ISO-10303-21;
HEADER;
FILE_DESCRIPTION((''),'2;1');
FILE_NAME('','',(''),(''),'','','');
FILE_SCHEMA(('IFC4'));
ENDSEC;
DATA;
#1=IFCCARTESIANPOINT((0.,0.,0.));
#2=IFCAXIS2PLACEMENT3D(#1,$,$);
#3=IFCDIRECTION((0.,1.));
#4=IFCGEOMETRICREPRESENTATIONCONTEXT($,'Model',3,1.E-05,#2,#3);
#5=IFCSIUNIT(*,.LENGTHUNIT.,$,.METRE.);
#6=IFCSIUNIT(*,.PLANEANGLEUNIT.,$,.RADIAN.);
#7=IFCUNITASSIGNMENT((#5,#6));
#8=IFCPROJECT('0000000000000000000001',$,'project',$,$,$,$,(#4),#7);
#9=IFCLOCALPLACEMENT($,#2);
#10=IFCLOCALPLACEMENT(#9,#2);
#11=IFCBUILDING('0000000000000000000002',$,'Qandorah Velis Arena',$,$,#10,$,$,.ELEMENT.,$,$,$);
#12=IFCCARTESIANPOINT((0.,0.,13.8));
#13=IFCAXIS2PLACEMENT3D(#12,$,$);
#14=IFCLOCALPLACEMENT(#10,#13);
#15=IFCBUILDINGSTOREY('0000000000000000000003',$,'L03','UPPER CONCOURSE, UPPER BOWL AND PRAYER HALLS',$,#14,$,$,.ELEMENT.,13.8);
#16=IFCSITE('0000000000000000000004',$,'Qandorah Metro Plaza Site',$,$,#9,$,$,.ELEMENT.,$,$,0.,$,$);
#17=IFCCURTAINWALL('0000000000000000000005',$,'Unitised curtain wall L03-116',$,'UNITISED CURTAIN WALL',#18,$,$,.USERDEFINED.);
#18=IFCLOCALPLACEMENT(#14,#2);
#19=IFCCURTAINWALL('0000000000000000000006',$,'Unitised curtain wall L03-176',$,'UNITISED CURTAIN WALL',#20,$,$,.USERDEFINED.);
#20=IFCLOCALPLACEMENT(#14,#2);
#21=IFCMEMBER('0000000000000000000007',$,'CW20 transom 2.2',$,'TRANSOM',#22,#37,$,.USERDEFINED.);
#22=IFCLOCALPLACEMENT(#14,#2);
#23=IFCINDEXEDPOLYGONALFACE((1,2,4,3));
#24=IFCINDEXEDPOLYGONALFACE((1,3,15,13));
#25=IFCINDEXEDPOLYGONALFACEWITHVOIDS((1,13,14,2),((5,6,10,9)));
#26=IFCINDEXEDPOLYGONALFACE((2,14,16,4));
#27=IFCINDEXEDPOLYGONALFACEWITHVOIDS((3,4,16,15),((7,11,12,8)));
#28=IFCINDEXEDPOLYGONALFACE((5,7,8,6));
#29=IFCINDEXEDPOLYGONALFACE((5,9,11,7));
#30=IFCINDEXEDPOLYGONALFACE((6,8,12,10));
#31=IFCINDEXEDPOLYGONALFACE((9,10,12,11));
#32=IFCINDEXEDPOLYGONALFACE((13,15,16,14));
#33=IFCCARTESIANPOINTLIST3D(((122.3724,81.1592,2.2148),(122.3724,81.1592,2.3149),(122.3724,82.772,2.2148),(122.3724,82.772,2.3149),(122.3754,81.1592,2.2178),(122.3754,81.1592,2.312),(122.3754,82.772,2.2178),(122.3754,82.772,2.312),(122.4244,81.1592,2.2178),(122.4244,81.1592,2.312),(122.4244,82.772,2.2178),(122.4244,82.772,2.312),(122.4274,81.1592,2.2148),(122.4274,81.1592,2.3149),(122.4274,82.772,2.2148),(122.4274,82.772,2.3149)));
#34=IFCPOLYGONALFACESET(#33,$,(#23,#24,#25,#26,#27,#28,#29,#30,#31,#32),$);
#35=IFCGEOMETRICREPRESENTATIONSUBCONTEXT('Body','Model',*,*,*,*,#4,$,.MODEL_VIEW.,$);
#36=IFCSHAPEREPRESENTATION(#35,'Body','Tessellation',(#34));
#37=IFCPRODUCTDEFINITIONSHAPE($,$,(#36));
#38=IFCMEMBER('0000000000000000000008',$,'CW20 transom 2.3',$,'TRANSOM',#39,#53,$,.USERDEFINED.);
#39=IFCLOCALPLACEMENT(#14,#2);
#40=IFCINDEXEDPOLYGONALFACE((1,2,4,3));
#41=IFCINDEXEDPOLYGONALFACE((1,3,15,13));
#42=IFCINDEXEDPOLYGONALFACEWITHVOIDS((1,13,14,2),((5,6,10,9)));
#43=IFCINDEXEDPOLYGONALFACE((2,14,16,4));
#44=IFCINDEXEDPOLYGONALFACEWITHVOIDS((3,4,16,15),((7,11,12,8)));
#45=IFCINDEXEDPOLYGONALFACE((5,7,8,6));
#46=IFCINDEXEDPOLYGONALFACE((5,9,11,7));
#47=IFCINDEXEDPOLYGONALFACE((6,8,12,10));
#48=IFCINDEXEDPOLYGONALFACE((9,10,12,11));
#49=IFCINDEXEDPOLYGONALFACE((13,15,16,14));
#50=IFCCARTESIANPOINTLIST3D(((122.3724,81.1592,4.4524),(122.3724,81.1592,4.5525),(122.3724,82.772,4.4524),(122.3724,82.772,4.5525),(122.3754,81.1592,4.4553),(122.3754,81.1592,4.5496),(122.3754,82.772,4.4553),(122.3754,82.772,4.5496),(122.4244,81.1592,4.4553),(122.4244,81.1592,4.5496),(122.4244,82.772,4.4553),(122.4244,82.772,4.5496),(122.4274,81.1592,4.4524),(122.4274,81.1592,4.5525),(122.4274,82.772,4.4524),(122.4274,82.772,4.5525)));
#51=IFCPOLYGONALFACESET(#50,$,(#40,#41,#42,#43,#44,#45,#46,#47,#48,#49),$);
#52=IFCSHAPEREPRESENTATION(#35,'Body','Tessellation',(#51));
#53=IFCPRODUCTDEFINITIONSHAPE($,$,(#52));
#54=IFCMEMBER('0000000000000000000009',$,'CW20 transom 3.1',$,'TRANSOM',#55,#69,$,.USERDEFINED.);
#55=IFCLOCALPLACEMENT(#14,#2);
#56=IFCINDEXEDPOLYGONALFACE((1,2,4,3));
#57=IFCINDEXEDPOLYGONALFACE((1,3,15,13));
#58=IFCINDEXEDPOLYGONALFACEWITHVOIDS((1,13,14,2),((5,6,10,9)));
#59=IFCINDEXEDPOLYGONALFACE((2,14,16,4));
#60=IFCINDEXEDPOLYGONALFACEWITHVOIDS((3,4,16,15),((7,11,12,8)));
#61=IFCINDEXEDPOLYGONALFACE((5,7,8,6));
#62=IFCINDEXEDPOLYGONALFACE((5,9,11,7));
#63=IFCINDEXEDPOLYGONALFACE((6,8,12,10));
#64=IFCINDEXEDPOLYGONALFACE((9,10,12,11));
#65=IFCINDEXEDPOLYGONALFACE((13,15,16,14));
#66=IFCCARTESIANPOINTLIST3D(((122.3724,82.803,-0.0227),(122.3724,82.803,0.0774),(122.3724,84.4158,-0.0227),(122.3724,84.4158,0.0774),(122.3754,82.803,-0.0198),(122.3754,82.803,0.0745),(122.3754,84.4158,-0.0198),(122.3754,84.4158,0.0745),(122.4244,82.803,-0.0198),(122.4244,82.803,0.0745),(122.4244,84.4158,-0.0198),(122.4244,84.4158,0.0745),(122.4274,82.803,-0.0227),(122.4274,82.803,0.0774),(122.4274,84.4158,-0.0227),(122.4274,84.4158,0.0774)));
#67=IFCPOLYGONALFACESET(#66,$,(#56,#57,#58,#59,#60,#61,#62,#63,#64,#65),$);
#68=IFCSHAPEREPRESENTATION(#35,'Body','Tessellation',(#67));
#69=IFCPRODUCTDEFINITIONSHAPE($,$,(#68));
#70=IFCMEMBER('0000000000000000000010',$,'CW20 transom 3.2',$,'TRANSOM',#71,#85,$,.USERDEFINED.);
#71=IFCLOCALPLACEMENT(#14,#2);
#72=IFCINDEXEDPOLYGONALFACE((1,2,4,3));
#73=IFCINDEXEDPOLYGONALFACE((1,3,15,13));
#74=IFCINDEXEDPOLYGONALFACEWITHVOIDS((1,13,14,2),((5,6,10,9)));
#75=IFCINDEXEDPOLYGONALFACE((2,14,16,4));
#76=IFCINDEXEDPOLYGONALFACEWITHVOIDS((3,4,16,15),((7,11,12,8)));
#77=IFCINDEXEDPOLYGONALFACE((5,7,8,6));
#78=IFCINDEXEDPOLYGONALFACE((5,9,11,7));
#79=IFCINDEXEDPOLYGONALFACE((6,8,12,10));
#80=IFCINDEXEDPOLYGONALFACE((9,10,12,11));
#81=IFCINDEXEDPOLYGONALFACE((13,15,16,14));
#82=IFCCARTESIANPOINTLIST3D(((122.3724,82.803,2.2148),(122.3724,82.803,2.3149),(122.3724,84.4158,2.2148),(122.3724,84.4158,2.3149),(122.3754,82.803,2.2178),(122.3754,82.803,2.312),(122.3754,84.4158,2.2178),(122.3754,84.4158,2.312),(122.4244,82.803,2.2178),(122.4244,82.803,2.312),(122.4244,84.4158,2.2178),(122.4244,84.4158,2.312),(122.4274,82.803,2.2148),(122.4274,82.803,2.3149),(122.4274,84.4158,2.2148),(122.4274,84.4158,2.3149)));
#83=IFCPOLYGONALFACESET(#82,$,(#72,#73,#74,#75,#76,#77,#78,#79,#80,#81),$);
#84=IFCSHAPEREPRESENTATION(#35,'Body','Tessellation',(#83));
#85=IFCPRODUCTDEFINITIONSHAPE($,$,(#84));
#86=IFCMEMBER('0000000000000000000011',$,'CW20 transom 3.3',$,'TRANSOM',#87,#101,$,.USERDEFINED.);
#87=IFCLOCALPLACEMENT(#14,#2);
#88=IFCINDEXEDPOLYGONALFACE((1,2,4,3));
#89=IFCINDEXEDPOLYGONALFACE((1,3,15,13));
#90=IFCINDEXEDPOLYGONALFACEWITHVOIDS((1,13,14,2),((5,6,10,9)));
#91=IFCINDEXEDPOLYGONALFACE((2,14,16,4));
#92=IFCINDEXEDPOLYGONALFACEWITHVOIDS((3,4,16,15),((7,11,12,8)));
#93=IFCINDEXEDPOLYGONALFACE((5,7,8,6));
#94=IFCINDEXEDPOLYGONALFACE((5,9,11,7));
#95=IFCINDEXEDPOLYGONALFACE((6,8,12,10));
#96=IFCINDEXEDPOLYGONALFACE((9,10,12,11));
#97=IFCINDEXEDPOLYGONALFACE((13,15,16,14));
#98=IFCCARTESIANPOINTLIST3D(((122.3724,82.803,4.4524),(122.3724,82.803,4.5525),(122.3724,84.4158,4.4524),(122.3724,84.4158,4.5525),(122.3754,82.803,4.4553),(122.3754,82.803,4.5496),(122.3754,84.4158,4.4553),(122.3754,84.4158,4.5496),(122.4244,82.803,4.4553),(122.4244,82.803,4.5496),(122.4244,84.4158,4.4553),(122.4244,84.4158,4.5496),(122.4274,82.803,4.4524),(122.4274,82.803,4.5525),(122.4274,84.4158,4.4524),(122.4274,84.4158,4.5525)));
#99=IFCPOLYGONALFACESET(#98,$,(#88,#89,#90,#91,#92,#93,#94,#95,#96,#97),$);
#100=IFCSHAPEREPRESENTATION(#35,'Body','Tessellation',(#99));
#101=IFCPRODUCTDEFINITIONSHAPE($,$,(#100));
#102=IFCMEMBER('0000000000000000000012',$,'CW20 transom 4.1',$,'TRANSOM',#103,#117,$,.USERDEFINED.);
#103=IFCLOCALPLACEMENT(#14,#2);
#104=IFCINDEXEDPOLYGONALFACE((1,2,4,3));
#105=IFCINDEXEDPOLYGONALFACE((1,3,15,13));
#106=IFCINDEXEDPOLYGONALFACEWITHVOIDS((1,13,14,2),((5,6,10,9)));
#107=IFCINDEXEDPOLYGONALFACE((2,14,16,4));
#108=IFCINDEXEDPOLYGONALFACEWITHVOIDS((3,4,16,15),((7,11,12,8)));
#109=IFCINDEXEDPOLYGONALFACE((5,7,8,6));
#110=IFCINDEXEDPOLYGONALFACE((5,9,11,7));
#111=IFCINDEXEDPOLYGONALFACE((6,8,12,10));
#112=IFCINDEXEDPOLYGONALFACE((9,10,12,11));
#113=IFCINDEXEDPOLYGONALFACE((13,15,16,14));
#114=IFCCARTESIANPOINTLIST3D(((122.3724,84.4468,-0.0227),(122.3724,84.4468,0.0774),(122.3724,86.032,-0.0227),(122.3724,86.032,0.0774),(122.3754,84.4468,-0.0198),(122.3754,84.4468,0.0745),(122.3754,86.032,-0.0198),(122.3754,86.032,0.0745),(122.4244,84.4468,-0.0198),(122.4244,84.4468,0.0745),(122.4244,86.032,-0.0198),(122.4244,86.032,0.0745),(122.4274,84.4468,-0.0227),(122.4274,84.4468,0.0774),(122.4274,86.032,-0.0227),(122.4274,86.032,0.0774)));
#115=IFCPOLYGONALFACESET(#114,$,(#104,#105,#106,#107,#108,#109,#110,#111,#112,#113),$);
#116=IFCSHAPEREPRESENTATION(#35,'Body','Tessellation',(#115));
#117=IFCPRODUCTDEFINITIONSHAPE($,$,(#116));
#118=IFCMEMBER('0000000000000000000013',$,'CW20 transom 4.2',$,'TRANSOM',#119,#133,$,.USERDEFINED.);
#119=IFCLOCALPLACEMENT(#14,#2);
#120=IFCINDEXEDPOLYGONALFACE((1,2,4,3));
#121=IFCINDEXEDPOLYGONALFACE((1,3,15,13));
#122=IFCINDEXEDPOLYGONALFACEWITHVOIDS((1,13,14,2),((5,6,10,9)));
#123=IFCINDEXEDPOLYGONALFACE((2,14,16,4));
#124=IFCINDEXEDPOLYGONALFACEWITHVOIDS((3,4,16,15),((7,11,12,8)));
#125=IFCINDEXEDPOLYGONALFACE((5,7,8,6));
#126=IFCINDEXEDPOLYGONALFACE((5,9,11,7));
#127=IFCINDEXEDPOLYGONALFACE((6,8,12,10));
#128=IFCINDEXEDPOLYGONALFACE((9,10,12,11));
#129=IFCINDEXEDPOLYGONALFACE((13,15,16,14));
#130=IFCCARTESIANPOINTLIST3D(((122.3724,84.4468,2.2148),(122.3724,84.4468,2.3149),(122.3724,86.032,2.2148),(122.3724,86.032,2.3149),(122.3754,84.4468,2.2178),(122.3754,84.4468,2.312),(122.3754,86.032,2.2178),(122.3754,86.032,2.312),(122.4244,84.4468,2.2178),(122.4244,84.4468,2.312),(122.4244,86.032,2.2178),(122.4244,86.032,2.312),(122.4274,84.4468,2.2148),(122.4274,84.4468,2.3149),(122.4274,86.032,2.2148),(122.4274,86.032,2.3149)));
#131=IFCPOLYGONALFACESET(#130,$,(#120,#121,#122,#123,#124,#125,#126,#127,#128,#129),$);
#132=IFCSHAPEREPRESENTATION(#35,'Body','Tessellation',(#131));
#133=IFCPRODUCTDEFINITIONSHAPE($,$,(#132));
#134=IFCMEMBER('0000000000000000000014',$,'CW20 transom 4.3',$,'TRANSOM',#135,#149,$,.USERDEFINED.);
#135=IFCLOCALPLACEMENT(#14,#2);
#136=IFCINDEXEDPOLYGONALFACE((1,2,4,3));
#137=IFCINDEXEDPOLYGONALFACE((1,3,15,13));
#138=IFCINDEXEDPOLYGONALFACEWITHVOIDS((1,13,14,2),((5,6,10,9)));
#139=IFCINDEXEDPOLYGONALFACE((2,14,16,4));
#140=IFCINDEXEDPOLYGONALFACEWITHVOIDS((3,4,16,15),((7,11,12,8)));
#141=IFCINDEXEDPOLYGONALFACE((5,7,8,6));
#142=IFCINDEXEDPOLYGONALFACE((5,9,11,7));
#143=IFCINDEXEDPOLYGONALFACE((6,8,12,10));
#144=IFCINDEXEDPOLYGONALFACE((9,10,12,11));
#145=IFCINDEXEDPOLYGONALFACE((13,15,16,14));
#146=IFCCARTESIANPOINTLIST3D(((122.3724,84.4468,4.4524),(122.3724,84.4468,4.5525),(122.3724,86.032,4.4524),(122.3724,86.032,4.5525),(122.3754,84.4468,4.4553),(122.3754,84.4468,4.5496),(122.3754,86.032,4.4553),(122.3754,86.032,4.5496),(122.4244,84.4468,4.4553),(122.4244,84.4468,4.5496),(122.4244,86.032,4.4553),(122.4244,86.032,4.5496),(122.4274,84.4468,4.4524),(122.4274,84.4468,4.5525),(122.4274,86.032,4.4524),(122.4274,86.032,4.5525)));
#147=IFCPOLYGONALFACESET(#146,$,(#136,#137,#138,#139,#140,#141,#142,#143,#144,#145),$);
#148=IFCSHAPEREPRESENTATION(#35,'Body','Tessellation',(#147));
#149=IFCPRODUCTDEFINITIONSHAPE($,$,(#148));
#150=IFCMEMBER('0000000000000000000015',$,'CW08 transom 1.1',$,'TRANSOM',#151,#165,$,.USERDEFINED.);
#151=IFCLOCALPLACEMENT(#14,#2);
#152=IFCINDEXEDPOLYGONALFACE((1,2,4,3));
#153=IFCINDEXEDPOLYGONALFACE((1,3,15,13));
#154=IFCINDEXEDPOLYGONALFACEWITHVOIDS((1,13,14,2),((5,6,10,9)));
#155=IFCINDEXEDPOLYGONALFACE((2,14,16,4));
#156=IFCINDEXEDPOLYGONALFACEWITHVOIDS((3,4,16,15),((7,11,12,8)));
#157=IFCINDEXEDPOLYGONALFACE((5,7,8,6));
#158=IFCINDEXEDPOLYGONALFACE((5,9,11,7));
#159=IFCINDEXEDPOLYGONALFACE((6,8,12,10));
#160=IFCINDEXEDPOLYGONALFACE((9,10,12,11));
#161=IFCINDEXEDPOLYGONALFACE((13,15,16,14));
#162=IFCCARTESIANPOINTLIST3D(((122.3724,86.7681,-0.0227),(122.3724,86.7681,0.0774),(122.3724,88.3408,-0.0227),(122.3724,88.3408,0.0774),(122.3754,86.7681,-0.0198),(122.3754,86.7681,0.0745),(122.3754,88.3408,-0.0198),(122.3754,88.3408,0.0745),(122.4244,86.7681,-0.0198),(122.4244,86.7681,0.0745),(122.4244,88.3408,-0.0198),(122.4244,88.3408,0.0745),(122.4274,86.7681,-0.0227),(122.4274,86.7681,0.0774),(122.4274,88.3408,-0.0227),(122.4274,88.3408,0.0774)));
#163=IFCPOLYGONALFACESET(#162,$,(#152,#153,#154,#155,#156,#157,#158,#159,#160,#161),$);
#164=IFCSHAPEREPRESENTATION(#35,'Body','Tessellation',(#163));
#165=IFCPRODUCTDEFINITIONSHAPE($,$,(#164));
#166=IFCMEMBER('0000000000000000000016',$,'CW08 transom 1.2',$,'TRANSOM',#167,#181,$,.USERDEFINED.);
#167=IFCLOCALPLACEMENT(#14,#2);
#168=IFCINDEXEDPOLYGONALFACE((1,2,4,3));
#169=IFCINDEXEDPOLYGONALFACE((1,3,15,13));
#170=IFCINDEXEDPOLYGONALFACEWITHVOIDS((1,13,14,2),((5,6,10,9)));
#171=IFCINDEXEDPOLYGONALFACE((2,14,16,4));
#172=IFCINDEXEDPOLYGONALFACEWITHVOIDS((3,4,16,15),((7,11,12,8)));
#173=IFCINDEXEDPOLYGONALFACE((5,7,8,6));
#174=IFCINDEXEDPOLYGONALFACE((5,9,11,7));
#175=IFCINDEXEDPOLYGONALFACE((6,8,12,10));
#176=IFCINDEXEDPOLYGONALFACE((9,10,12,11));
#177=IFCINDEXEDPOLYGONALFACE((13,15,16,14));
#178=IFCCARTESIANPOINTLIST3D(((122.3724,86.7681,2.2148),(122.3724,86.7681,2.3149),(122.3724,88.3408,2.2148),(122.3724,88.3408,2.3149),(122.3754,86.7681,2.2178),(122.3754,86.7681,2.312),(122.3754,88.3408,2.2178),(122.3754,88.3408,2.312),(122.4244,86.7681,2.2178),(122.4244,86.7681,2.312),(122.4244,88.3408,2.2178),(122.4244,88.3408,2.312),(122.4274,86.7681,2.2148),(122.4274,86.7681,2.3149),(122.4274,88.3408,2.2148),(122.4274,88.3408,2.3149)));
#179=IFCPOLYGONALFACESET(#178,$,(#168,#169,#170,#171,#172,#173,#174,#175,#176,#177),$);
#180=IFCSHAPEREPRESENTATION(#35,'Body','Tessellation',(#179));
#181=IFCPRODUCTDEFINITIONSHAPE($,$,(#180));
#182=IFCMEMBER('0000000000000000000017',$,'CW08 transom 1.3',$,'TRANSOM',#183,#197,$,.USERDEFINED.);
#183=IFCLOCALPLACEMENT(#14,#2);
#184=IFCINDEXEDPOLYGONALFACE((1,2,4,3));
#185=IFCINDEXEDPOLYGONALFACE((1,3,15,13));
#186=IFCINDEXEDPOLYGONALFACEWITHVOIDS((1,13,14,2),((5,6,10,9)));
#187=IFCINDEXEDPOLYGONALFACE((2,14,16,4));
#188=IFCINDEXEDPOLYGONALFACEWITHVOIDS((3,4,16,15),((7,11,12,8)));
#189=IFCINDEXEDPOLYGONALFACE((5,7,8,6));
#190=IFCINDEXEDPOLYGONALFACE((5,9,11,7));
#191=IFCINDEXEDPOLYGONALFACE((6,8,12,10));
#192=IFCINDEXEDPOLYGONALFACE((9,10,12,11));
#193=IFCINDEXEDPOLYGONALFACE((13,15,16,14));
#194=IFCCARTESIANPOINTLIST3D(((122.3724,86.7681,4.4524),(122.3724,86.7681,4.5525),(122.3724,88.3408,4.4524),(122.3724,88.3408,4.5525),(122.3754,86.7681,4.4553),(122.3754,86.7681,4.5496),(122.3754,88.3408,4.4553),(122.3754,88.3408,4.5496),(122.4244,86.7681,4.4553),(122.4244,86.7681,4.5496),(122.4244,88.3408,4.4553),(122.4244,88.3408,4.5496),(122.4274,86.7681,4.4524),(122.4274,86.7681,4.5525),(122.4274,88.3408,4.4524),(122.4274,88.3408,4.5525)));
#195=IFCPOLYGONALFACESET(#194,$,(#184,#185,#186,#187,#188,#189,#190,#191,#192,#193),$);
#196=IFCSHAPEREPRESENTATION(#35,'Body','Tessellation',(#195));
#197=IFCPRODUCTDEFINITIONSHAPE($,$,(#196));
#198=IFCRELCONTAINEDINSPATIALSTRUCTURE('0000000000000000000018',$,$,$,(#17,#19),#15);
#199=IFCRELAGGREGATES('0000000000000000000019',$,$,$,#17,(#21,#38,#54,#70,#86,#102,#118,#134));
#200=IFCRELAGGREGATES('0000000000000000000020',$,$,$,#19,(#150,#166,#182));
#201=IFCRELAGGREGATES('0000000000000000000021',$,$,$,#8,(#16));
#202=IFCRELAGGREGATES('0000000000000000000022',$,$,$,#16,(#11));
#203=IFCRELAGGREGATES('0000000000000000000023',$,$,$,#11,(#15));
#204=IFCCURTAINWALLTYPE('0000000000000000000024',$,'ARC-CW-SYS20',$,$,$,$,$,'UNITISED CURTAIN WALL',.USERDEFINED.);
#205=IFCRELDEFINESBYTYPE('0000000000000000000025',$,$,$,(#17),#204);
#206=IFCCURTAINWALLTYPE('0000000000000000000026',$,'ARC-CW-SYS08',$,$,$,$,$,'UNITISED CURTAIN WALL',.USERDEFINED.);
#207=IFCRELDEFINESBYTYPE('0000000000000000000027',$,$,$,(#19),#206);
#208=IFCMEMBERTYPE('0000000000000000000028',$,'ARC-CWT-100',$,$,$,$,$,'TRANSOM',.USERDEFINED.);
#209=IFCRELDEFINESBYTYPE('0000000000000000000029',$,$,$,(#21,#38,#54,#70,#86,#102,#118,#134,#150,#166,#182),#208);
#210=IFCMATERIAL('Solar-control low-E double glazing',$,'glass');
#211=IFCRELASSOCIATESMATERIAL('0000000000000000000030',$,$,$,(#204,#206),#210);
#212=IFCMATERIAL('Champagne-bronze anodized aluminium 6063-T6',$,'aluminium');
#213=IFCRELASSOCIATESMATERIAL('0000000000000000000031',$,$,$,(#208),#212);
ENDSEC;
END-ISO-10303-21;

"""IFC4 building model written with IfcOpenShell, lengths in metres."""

from ifc_helpers import new_model, si_unit, direction, frame, origin, origin_2d, place, context, subcontext, project, spatial, hollow_rectangle, extrude, material, material_profile, profile_set, type_object, element, aggregate, save


model = new_model("IFC4")

# Units and contexts
model_context = context("Model", 3, precision=1e-05, world=origin(), true_north=direction((0.0, 1.0)))
body_context = subcontext(model_context, "Body", "Model", "MODEL_VIEW")
ifc_project = project(units=[si_unit("LENGTHUNIT", "METRE"), si_unit("PLANEANGLEUNIT", "RADIAN")], contexts=[model_context])

# Site, building, storey
site_placement = place(None, origin())
site = spatial("IfcSite", under=ifc_project, at=site_placement, Name="Qandorah Metro Plaza Site", CompositionType="ELEMENT", RefElevation=0.0)
building_placement = place(site_placement, origin())
building = spatial("IfcBuilding", under=site, at=building_placement, Name="Qandorah Velis Arena", CompositionType="ELEMENT")
storey_placement = place(building_placement, frame((0.0, 0.0, 13.8)))
storey = spatial("IfcBuildingStorey", under=building, at=storey_placement, Name="L03", Description="UPPER CONCOURSE, UPPER BOWL AND PRAYER HALLS", CompositionType="ELEMENT", Elevation=13.8)

# Curtain walls
ifc_material_1 = material(Name="Solar-control low-E double glazing", Category="glass")
curtain_wall_type_1 = type_object("IfcCurtainWallType", Name="ARC-CW-SYS20", ElementType="UNITISED CURTAIN WALL", PredefinedType="USERDEFINED", material=ifc_material_1)
curtain_wall_1_placement = place(storey_placement, origin())
curtain_wall_1 = element("IfcCurtainWall", 1, at=curtain_wall_1_placement, inside=storey, type_object=curtain_wall_type_1, Name="Unitised curtain wall L03-116", ObjectType="UNITISED CURTAIN WALL", PredefinedType="USERDEFINED")
ifc_material_2 = material(Name="Champagne-bronze anodized aluminium 6063-T6", Category="aluminium")
curtain_wall_type_2 = type_object("IfcCurtainWallType", Name="ARC-CW-SYS08", ElementType="UNITISED CURTAIN WALL", PredefinedType="USERDEFINED", material=ifc_material_1)
curtain_wall_2_placement = place(storey_placement, origin())
curtain_wall_2 = element("IfcCurtainWall", 2, at=curtain_wall_2_placement, inside=storey, type_object=curtain_wall_type_2, Name="Unitised curtain wall L03-176", ObjectType="UNITISED CURTAIN WALL", PredefinedType="USERDEFINED")

# Members
ifc_material_profile_1 = material_profile(ifc_material_2, hollow_rectangle(XDim=0.0549, YDim=0.1001, WallThickness=0.0029, at=origin_2d()), Name="ALU TRANSOM 55x100")
ifc_profile_set_1 = profile_set([ifc_material_profile_1], Name="Champagne-bronze anodized aluminium 6063-T6")
member_type_1 = type_object("IfcMemberType", Name="ARC-CWT-100", ElementType="TRANSOM", PredefinedType="USERDEFINED", material=ifc_profile_set_1)
member_1_placement = place(storey_placement, frame((122.3999, 81.1592, 2.2649), z_axis=(0.0, 1.0, 0.0), x_axis=(-1.0, 0.0, 0.0)))
member_1 = element("IfcMember", 3, at=member_1_placement, type_object=member_type_1, Name="CW20 transom 2.2", ObjectType="TRANSOM", PredefinedType="USERDEFINED", context=body_context, shape_type="SweptSolid", body=[
    extrude(hollow_rectangle(XDim=0.0549, YDim=0.1001, WallThickness=0.0029, at=origin_2d()), origin(), (0.0, 0.0, 1.0), 1.6128),
])
member_2_placement = place(storey_placement, frame((122.3999, 81.1592, 4.5024), z_axis=(0.0, 1.0, 0.0), x_axis=(-1.0, 0.0, 0.0)))
member_2 = element("IfcMember", 4, at=member_2_placement, type_object=member_type_1, Name="CW20 transom 2.3", ObjectType="TRANSOM", PredefinedType="USERDEFINED", context=body_context, shape_type="SweptSolid", body=[
    extrude(hollow_rectangle(XDim=0.0549, YDim=0.1001, WallThickness=0.0029, at=origin_2d()), origin(), (0.0, 0.0, 1.0), 1.6128),
])
member_3_placement = place(storey_placement, frame((122.3999, 82.803, 0.0273), z_axis=(0.0, 1.0, 0.0), x_axis=(-1.0, 0.0, 0.0)))
member_3 = element("IfcMember", 5, at=member_3_placement, type_object=member_type_1, Name="CW20 transom 3.1", ObjectType="TRANSOM", PredefinedType="USERDEFINED", context=body_context, shape_type="SweptSolid", body=[
    extrude(hollow_rectangle(XDim=0.0549, YDim=0.1001, WallThickness=0.0029, at=origin_2d()), origin(), (0.0, 0.0, 1.0), 1.6128),
])
member_4_placement = place(storey_placement, frame((122.3999, 82.803, 2.2649), z_axis=(0.0, 1.0, 0.0), x_axis=(-1.0, 0.0, 0.0)))
member_4 = element("IfcMember", 6, at=member_4_placement, type_object=member_type_1, Name="CW20 transom 3.2", ObjectType="TRANSOM", PredefinedType="USERDEFINED", context=body_context, shape_type="SweptSolid", body=[
    extrude(hollow_rectangle(XDim=0.0549, YDim=0.1001, WallThickness=0.0029, at=origin_2d()), origin(), (0.0, 0.0, 1.0), 1.6128),
])
member_5_placement = place(storey_placement, frame((122.3999, 82.803, 4.5024), z_axis=(0.0, 1.0, 0.0), x_axis=(-1.0, 0.0, 0.0)))
member_5 = element("IfcMember", 7, at=member_5_placement, type_object=member_type_1, Name="CW20 transom 3.3", ObjectType="TRANSOM", PredefinedType="USERDEFINED", context=body_context, shape_type="SweptSolid", body=[
    extrude(hollow_rectangle(XDim=0.0549, YDim=0.1001, WallThickness=0.0029, at=origin_2d()), origin(), (0.0, 0.0, 1.0), 1.6128),
])
member_6_placement = place(storey_placement, frame((122.3999, 84.4468, 0.0273), z_axis=(0.0, 1.0, 0.0), x_axis=(-1.0, 0.0, 0.0)))
member_6 = element("IfcMember", 8, at=member_6_placement, type_object=member_type_1, Name="CW20 transom 4.1", ObjectType="TRANSOM", PredefinedType="USERDEFINED", context=body_context, shape_type="SweptSolid", body=[
    extrude(hollow_rectangle(XDim=0.0549, YDim=0.1001, WallThickness=0.0029, at=origin_2d()), origin(), (0.0, 0.0, 1.0), 1.5852),
])
member_7_placement = place(storey_placement, frame((122.3999, 84.4468, 2.2649), z_axis=(0.0, 1.0, 0.0), x_axis=(-1.0, 0.0, 0.0)))
member_7 = element("IfcMember", 9, at=member_7_placement, type_object=member_type_1, Name="CW20 transom 4.2", ObjectType="TRANSOM", PredefinedType="USERDEFINED", context=body_context, shape_type="SweptSolid", body=[
    extrude(hollow_rectangle(XDim=0.0549, YDim=0.1001, WallThickness=0.0029, at=origin_2d()), origin(), (0.0, 0.0, 1.0), 1.5852),
])
member_8_placement = place(storey_placement, frame((122.3999, 84.4468, 4.5024), z_axis=(0.0, 1.0, 0.0), x_axis=(-1.0, 0.0, 0.0)))
member_8 = element("IfcMember", 10, at=member_8_placement, type_object=member_type_1, Name="CW20 transom 4.3", ObjectType="TRANSOM", PredefinedType="USERDEFINED", context=body_context, shape_type="SweptSolid", body=[
    extrude(hollow_rectangle(XDim=0.0549, YDim=0.1001, WallThickness=0.0029, at=origin_2d()), origin(), (0.0, 0.0, 1.0), 1.5852),
])
member_9_placement = place(storey_placement, frame((122.3999, 86.7681, 0.0273), z_axis=(0.0, 1.0, 0.0), x_axis=(-1.0, 0.0, 0.0)))
member_9 = element("IfcMember", 11, at=member_9_placement, type_object=member_type_1, Name="CW08 transom 1.1", ObjectType="TRANSOM", PredefinedType="USERDEFINED", context=body_context, shape_type="SweptSolid", body=[
    extrude(hollow_rectangle(XDim=0.0549, YDim=0.1001, WallThickness=0.0029, at=origin_2d()), origin(), (0.0, 0.0, 1.0), 1.5728),
])
member_10_placement = place(storey_placement, frame((122.3999, 86.7681, 2.2649), z_axis=(0.0, 1.0, 0.0), x_axis=(-1.0, 0.0, 0.0)))
member_10 = element("IfcMember", 12, at=member_10_placement, type_object=member_type_1, Name="CW08 transom 1.2", ObjectType="TRANSOM", PredefinedType="USERDEFINED", context=body_context, shape_type="SweptSolid", body=[
    extrude(hollow_rectangle(XDim=0.0549, YDim=0.1001, WallThickness=0.0029, at=origin_2d()), origin(), (0.0, 0.0, 1.0), 1.5728),
])
member_11_placement = place(storey_placement, frame((122.3999, 86.7681, 4.5024), z_axis=(0.0, 1.0, 0.0), x_axis=(-1.0, 0.0, 0.0)))
member_11 = element("IfcMember", 13, at=member_11_placement, type_object=member_type_1, Name="CW08 transom 1.3", ObjectType="TRANSOM", PredefinedType="USERDEFINED", context=body_context, shape_type="SweptSolid", body=[
    extrude(hollow_rectangle(XDim=0.0549, YDim=0.1001, WallThickness=0.0029, at=origin_2d()), origin(), (0.0, 0.0, 1.0), 1.5728),
])

aggregate(curtain_wall_1, [member_1, member_2, member_3, member_4, member_5, member_6, member_7, member_8])
aggregate(curtain_wall_2, [member_9, member_10, member_11])

save(model, "model.ifc")
